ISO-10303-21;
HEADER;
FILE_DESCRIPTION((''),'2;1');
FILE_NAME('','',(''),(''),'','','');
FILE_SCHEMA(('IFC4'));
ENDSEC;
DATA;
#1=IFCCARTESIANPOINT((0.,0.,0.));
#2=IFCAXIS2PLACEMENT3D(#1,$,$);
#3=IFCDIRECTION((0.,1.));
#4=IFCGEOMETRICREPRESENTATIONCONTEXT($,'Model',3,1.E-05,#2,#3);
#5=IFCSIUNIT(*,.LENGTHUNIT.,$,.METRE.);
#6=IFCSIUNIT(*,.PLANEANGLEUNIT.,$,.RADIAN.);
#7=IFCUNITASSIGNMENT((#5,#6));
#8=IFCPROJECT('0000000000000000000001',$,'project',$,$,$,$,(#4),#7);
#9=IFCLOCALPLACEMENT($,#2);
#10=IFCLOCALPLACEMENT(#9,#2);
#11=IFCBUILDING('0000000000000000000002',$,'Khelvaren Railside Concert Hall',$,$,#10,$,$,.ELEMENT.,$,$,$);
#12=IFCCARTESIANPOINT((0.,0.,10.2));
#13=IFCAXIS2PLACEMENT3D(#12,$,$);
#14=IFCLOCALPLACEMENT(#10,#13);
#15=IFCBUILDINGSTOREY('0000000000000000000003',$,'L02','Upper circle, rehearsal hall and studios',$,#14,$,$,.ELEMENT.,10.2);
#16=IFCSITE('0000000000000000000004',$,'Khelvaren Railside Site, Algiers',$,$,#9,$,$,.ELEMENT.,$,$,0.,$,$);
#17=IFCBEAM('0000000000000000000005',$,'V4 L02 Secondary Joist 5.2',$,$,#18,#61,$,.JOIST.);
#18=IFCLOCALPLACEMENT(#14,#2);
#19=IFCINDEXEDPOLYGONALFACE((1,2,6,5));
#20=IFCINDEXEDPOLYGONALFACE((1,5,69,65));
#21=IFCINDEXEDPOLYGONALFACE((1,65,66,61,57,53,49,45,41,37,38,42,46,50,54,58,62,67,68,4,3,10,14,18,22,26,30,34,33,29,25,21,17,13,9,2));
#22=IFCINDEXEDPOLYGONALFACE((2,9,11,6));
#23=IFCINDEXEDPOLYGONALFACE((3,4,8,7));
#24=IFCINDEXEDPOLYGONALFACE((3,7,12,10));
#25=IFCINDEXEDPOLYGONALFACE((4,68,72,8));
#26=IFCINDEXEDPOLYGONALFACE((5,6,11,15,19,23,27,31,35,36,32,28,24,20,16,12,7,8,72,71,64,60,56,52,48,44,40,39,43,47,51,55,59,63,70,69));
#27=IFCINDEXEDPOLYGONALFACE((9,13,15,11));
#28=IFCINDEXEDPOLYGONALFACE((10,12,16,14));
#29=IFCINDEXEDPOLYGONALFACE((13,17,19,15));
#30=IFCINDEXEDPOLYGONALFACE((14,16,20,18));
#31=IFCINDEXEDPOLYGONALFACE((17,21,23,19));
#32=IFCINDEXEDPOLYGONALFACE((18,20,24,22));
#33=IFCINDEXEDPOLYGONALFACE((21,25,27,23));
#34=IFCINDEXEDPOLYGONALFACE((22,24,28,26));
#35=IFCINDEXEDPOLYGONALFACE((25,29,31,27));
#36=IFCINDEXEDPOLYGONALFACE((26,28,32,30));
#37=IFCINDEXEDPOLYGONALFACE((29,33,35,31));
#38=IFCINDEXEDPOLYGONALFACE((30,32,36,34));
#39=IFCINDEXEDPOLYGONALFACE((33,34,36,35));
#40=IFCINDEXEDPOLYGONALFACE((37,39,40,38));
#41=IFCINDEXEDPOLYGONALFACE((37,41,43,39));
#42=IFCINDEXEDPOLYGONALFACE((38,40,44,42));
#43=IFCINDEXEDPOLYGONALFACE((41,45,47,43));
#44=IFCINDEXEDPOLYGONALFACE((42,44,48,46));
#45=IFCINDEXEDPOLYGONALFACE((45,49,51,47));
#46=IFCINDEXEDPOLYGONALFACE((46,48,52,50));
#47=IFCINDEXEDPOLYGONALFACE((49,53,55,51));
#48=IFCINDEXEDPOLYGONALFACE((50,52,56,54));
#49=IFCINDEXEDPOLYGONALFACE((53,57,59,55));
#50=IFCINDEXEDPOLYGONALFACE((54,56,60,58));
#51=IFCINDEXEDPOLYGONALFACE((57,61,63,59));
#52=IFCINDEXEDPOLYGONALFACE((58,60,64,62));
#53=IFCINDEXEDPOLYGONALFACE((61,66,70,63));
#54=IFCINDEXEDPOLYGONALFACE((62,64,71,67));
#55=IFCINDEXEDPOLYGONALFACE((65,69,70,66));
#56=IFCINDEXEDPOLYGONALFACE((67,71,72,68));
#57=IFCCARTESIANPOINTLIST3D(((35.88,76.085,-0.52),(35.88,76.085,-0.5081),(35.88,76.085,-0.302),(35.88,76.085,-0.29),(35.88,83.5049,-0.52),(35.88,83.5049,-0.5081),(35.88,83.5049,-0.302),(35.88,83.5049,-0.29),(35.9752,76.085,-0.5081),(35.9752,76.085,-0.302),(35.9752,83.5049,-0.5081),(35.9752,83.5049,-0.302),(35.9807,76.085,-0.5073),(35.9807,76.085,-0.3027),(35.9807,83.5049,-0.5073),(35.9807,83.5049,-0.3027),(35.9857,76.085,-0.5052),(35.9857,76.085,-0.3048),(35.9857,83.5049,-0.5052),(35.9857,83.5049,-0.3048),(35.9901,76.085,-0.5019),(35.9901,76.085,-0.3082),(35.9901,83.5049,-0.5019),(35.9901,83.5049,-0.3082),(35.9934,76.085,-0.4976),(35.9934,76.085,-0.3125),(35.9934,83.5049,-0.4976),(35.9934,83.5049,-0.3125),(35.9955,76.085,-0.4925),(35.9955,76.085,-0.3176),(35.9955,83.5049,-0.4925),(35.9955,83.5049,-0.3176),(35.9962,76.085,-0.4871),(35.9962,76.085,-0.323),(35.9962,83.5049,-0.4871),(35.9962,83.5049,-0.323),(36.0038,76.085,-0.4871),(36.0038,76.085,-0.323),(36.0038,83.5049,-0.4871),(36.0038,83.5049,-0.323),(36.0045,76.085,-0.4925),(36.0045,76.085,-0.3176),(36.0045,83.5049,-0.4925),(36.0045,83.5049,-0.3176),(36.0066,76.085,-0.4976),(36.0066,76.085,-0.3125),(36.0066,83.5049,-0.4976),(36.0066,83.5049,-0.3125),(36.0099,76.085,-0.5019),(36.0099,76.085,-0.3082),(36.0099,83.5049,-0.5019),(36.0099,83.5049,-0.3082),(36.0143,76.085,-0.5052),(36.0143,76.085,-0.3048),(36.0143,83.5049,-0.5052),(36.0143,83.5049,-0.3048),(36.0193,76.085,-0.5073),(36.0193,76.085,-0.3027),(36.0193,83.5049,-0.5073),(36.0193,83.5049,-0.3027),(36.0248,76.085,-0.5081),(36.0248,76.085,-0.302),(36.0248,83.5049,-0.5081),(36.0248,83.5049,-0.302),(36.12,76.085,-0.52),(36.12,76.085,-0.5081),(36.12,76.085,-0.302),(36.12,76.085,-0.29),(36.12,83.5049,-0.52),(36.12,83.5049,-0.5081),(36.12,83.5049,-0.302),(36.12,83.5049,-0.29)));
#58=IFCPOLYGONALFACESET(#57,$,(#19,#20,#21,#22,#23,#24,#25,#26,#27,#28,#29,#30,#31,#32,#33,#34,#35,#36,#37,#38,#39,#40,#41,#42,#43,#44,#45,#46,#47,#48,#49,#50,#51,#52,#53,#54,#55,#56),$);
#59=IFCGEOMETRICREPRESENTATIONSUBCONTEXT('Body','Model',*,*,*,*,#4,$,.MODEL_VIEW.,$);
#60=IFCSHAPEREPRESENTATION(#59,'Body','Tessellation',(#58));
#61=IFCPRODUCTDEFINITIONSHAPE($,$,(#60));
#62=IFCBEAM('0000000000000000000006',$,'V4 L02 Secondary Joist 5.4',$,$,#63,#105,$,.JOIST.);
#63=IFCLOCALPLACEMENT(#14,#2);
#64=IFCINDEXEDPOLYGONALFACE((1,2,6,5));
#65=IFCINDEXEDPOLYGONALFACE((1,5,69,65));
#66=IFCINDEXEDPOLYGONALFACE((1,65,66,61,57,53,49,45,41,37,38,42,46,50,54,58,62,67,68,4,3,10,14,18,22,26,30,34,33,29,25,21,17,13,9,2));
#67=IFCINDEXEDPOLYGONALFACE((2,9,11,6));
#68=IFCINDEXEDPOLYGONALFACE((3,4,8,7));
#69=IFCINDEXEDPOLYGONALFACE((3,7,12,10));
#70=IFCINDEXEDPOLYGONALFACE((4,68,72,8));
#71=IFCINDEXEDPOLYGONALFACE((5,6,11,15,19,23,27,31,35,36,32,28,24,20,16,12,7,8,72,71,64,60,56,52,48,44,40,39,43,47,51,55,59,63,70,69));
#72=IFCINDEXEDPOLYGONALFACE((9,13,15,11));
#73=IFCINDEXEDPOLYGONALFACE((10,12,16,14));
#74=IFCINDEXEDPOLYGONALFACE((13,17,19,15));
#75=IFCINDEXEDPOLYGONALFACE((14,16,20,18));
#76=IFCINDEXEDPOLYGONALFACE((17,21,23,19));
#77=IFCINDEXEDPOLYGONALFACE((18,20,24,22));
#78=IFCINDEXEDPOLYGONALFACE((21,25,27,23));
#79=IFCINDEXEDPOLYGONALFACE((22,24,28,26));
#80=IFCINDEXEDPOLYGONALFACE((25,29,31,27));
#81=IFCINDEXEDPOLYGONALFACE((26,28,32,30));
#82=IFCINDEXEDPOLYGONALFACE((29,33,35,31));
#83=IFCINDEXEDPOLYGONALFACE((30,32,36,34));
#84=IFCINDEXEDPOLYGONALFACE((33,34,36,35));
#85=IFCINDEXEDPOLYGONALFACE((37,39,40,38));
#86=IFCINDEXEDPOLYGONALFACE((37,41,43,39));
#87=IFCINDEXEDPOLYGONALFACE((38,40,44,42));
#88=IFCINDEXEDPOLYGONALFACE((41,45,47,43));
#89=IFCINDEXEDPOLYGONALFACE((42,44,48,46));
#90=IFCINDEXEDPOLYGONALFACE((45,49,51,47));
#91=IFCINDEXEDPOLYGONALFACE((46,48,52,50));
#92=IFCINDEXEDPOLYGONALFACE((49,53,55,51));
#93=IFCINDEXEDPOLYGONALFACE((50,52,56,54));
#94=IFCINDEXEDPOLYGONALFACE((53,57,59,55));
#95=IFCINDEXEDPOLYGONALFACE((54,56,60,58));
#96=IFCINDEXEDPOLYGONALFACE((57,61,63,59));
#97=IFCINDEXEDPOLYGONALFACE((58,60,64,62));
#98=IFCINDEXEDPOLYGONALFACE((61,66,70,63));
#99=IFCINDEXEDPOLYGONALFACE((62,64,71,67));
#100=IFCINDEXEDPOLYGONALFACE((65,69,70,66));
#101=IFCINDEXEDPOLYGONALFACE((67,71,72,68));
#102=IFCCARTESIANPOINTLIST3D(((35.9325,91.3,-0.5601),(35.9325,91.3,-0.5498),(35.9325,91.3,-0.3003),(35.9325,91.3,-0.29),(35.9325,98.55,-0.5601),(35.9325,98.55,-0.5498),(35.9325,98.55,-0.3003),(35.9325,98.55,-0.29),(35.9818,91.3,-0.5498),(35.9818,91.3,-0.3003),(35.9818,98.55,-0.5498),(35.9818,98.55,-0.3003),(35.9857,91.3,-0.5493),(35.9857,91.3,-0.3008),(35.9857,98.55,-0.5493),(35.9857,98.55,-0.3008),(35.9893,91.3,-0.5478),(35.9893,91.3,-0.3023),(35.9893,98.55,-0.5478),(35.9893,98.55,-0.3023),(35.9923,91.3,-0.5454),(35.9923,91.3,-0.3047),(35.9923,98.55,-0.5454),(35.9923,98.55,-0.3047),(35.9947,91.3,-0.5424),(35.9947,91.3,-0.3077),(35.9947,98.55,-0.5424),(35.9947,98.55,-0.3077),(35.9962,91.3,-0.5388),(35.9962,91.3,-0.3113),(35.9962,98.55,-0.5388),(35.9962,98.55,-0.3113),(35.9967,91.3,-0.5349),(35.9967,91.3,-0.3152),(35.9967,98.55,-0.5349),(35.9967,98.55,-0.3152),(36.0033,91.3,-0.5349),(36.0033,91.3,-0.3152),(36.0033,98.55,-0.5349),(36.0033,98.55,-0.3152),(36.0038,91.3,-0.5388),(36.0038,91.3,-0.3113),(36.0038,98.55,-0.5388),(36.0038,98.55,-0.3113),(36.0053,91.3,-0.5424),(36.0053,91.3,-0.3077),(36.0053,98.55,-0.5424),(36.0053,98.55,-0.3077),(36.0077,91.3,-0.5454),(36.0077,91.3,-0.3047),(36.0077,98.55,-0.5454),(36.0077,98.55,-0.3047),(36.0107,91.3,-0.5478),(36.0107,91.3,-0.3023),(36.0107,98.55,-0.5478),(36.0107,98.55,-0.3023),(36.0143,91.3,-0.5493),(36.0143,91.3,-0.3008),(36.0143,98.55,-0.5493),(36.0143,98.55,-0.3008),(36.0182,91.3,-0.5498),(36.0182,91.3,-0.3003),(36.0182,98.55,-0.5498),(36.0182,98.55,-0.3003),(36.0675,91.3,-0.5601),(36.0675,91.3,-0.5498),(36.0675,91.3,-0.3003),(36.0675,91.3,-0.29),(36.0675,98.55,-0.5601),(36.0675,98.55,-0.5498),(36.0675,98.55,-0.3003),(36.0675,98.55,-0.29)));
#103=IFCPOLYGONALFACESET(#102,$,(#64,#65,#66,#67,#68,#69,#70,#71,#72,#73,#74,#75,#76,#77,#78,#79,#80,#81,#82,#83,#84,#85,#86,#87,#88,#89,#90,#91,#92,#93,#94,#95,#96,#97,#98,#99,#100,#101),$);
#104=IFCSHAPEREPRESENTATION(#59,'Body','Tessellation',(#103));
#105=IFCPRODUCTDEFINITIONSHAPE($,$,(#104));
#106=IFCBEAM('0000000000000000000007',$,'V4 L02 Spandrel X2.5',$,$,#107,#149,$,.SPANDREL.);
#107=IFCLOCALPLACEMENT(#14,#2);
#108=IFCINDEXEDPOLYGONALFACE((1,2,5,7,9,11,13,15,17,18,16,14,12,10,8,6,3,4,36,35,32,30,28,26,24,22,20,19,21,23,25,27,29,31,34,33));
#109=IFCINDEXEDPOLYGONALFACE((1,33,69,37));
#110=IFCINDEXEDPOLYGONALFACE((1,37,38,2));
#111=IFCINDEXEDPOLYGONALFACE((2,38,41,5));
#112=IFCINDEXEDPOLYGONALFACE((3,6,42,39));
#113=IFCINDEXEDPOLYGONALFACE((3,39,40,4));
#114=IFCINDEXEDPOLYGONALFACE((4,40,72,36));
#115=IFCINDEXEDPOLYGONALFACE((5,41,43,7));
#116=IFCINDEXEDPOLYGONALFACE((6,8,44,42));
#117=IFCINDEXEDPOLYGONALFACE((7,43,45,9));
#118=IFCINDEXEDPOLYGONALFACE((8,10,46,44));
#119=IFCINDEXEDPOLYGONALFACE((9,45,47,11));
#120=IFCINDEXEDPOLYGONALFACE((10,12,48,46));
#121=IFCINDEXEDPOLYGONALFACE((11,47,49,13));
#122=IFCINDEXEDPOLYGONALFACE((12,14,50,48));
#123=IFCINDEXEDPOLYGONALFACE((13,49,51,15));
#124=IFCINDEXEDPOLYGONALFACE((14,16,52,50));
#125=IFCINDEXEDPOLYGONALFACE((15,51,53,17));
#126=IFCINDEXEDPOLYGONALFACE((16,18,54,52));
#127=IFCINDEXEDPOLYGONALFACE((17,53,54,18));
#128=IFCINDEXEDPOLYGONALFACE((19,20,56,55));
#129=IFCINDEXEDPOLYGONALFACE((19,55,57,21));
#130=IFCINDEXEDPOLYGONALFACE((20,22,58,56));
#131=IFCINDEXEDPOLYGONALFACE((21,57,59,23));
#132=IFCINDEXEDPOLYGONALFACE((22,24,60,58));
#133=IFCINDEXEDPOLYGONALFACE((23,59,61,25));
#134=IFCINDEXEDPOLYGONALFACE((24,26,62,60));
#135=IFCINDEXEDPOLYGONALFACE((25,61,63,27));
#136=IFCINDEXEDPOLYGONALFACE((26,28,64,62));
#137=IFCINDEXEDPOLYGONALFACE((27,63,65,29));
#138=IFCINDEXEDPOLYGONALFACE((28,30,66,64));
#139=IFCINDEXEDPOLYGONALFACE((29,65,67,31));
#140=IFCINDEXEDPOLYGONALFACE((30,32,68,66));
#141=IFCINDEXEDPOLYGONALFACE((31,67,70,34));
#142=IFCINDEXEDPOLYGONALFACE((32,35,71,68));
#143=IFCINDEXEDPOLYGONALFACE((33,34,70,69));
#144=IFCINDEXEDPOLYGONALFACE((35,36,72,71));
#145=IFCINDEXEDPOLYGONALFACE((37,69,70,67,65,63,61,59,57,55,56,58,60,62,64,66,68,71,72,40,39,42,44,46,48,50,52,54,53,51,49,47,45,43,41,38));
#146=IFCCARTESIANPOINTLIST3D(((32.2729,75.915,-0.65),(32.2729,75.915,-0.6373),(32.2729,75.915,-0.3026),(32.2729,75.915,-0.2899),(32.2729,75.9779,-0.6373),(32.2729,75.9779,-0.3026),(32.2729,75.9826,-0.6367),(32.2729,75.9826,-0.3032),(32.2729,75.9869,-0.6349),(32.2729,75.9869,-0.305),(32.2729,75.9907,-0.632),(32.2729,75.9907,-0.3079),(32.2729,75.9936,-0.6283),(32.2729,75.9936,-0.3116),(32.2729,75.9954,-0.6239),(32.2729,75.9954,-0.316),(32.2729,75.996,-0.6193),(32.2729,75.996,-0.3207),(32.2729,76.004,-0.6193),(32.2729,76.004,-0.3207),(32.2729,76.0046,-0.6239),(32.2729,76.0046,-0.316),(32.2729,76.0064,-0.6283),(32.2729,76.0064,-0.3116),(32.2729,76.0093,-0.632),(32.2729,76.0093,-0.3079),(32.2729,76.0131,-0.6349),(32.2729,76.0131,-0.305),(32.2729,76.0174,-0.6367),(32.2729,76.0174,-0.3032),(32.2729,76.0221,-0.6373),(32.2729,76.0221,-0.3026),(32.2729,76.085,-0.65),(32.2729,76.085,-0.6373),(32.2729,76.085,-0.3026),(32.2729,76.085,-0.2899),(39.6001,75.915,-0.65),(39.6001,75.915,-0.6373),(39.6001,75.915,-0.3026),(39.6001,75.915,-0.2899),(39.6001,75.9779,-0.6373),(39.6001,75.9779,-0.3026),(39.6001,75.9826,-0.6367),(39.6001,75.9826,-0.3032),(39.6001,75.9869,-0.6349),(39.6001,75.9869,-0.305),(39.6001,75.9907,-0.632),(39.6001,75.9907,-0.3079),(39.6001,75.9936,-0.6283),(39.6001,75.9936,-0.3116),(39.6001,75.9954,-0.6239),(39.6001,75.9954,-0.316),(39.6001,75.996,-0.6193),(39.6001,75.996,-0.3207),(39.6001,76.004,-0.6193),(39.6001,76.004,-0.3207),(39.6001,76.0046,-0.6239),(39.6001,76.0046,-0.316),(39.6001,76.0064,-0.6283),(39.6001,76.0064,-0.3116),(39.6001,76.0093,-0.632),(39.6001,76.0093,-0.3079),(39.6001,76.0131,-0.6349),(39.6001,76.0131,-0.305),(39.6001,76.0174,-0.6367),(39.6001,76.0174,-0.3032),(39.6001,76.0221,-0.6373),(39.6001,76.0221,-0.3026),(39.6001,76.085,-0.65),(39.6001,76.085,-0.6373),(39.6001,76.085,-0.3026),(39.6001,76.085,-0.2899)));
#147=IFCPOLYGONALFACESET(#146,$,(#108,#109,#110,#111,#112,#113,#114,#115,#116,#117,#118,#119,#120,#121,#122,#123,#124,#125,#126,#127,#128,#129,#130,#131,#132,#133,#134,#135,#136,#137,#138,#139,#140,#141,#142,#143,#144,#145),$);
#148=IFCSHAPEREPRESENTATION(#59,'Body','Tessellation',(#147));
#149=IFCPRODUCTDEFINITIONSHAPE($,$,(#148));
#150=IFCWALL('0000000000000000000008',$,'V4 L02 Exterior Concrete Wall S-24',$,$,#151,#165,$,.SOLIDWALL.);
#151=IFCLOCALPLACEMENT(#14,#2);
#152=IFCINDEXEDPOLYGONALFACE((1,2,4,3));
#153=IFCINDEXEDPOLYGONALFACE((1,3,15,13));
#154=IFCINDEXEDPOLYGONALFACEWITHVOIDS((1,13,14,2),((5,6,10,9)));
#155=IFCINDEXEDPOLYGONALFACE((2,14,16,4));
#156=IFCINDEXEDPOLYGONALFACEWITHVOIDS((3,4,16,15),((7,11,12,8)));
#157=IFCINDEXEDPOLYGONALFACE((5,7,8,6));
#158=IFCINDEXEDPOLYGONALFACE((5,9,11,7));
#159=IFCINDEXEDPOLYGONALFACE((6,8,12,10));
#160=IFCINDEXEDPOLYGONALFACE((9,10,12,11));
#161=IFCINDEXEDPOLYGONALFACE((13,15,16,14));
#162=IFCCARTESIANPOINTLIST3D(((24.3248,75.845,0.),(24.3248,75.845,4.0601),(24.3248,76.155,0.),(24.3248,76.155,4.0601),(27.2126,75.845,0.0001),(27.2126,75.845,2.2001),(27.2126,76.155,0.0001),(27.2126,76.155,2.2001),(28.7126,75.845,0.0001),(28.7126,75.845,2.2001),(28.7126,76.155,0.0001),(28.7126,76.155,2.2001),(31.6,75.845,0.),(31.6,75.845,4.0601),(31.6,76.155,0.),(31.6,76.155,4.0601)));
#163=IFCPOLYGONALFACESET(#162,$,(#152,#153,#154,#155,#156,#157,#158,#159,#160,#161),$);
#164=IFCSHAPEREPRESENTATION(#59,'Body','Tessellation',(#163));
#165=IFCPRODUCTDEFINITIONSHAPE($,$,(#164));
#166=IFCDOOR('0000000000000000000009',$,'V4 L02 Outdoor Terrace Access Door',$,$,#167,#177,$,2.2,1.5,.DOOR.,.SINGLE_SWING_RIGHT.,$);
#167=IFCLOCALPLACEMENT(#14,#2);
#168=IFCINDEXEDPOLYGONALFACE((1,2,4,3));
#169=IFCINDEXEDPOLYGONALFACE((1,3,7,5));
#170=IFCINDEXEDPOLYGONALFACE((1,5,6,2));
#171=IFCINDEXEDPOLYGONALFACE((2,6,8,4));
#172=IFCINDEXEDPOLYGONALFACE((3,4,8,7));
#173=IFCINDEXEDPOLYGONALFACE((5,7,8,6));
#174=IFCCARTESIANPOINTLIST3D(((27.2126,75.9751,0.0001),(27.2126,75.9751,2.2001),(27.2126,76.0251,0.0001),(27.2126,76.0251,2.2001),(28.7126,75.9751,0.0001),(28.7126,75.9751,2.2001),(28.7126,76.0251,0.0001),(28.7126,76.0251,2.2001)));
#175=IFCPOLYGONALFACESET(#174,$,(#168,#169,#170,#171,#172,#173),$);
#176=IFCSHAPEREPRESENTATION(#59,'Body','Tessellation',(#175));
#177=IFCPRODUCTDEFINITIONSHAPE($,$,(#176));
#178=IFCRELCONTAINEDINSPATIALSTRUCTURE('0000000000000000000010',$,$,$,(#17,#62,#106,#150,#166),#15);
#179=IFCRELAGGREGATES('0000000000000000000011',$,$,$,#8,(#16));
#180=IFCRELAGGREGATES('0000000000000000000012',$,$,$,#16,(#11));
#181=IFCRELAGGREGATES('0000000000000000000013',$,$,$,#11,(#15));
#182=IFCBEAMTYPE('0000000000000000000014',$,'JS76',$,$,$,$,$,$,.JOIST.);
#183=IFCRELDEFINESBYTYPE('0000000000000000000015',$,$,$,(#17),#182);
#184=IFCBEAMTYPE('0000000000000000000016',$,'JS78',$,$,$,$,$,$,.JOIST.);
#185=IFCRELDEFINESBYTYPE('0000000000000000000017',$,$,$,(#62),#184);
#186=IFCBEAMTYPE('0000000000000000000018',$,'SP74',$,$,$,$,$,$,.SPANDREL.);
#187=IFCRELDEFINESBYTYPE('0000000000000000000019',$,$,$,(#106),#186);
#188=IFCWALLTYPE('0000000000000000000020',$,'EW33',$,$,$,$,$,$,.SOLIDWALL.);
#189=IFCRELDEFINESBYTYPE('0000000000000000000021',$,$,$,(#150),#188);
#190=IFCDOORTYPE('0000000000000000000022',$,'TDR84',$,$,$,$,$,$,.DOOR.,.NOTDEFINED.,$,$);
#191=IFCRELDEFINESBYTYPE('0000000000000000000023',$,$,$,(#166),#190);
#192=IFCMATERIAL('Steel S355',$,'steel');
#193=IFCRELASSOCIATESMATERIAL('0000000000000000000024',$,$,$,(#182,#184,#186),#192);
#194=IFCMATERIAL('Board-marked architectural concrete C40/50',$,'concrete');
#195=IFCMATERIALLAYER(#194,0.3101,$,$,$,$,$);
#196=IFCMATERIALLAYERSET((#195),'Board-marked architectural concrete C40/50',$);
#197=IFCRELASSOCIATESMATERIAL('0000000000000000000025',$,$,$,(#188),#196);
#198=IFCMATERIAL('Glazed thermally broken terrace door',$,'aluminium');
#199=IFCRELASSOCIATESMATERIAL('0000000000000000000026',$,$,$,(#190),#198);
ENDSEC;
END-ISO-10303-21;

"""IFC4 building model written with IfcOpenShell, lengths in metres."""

from ifc_helpers import new_model, si_unit, direction, frame, frame_2d, origin, origin_2d, place, context, subcontext, project, spatial, rectangle, i_section, extrude, material, layer, layer_set, material_profile, profile_set, type_object, element, fill, save


model = new_model("IFC4")

# Units and contexts
model_context = context("Model", 3, precision=1e-05, world=origin(), true_north=direction((0.0, 1.0)))
body_context = subcontext(model_context, "Body", "Model", "MODEL_VIEW")
ifc_project = project(units=[si_unit("LENGTHUNIT", "METRE"), si_unit("PLANEANGLEUNIT", "RADIAN")], contexts=[model_context])

# Site, building, storey
site_placement = place(None, origin())
site = spatial("IfcSite", under=ifc_project, at=site_placement, Name="Khelvaren Railside Site, Algiers", CompositionType="ELEMENT", RefElevation=0.0)
building_placement = place(site_placement, origin())
building = spatial("IfcBuilding", under=site, at=building_placement, Name="Khelvaren Railside Concert Hall", CompositionType="ELEMENT")
storey_placement = place(building_placement, frame((0.0, 0.0, 10.2)))
storey = spatial("IfcBuildingStorey", under=building, at=storey_placement, Name="L02", Description="Upper circle, rehearsal hall and studios", CompositionType="ELEMENT", Elevation=10.2)

# Beams
ifc_material_1 = material(Name="Steel S355", Category="steel")
ifc_material_profile_1 = material_profile(ifc_material_1, i_section(OverallWidth=0.24, OverallDepth=0.23, WebThickness=0.0076, FlangeThickness=0.012, FilletRadius=0.021, at=origin_2d()), Name="HEA 240")
ifc_profile_set_1 = profile_set([ifc_material_profile_1], Name="Steel S355")
beam_type_1 = type_object("IfcBeamType", Name="JS76", PredefinedType="JOIST", material=ifc_profile_set_1)
beam_1_placement = place(storey_placement, frame((36.0, 76.085, -0.405), z_axis=(0.0, 1.0, 0.0), x_axis=(-1.0, 0.0, 0.0)))
element("IfcBeam", 1, at=beam_1_placement, inside=storey, type_object=beam_type_1, Name="V4 L02 Secondary Joist 5.2", PredefinedType="JOIST", context=body_context, shape_type="SweptSolid", body=[
    extrude(i_section(OverallWidth=0.24, OverallDepth=0.23, WebThickness=0.0076, FlangeThickness=0.012, FilletRadius=0.021, at=origin_2d()), origin(), (0.0, 0.0, 1.0), 7.4199),
])
ifc_material_profile_2 = material_profile(ifc_material_1, i_section(OverallWidth=0.135, OverallDepth=0.27, WebThickness=0.0066, FlangeThickness=0.0103, FilletRadius=0.0149, at=origin_2d()), Name="IPE 270")
ifc_profile_set_2 = profile_set([ifc_material_profile_2], Name="Steel S355")
beam_type_2 = type_object("IfcBeamType", Name="JS78", PredefinedType="JOIST", material=ifc_profile_set_2)
beam_2_placement = place(storey_placement, frame((36.0, 91.3, -0.425), z_axis=(0.0, 1.0, 0.0), x_axis=(-1.0, 0.0, 0.0)))
element("IfcBeam", 2, at=beam_2_placement, inside=storey, type_object=beam_type_2, Name="V4 L02 Secondary Joist 5.4", PredefinedType="JOIST", context=body_context, shape_type="SweptSolid", body=[
    extrude(i_section(OverallWidth=0.135, OverallDepth=0.27, WebThickness=0.0066, FlangeThickness=0.0103, FilletRadius=0.0149, at=origin_2d()), origin(), (0.0, 0.0, 1.0), 7.25),
])
ifc_material_profile_3 = material_profile(ifc_material_1, i_section(OverallWidth=0.1699, OverallDepth=0.3601, WebThickness=0.0081, FlangeThickness=0.0127, FilletRadius=0.0181, at=origin_2d()), Name="IPE 360")
ifc_profile_set_3 = profile_set([ifc_material_profile_3], Name="Steel S355")
beam_type_3 = type_object("IfcBeamType", Name="SP74", PredefinedType="SPANDREL", material=ifc_profile_set_3)
beam_3_placement = place(storey_placement, frame((32.2729, 76.0, -0.47), z_axis=(1.0, 0.0, 0.0), x_axis=(0.0, 1.0, 0.0)))
element("IfcBeam", 3, at=beam_3_placement, inside=storey, type_object=beam_type_3, Name="V4 L02 Spandrel X2.5", PredefinedType="SPANDREL", context=body_context, shape_type="SweptSolid", body=[
    extrude(i_section(OverallWidth=0.1699, OverallDepth=0.3601, WebThickness=0.0081, FlangeThickness=0.0127, FilletRadius=0.0181, at=origin_2d()), origin(), (0.0, 0.0, 1.0), 7.3271),
])

# Wall, opening, door
ifc_material_2 = material(Name="Board-marked architectural concrete C40/50", Category="concrete")
ifc_layer_1 = layer(ifc_material_2, 0.3101)
ifc_layer_set_1 = layer_set([ifc_layer_1], Name="Board-marked architectural concrete C40/50")
wall_type_1 = type_object("IfcWallType", Name="EW33", PredefinedType="SOLIDWALL", material=ifc_layer_set_1)
wall_1_placement = place(storey_placement, frame((31.6001, 76.0, 0.0), z_axis=(0.0, 0.0, 1.0), x_axis=(-1.0, 0.0, 0.0)))
wall_1 = element("IfcWall", 4, at=wall_1_placement, inside=storey, type_object=wall_type_1, Name="V4 L02 Exterior Concrete Wall S-24", PredefinedType="SOLIDWALL", context=body_context, shape_type="SweptSolid", body=[
    extrude(rectangle(XDim=7.2751, YDim=0.3101, at=frame_2d((3.6377, 0.0))), origin(), (0.0, 0.0, 1.0), 4.0601),
])
opening_1_placement = place(wall_1_placement, frame((2.8875, 0.0, 0.0)))
opening_1 = element("IfcOpeningElement", 5, at=opening_1_placement, cuts=wall_1, PredefinedType="OPENING", context=body_context, shape_type="SweptSolid", body=[
    extrude(rectangle(XDim=1.5, YDim=2.2, at=frame_2d((0.75, 1.1001))), frame((0.0, 0.165, 0.0), z_axis=(0.0, -1.0, 0.0), x_axis=(1.0, 0.0, 0.0)), (0.0, 0.0, 1.0), 0.3301),
])
ifc_material_3 = material(Name="Glazed thermally broken terrace door", Category="aluminium")
door_type_1 = type_object("IfcDoorType", Name="TDR84", OperationType="NOTDEFINED", PredefinedType="DOOR", material=ifc_material_3)
door_1_placement = place(opening_1_placement, origin())
door_1 = element("IfcDoor", 6, at=door_1_placement, inside=storey, type_object=door_type_1, Name="V4 L02 Outdoor Terrace Access Door", OperationType="SINGLE_SWING_RIGHT", OverallHeight=2.2, OverallWidth=1.5, PredefinedType="DOOR", context=body_context, shape_type="SweptSolid", body=[
    extrude(rectangle(XDim=1.5, YDim=2.2, at=frame_2d((0.75, 1.1001))), frame((0.0, 0.0249, 0.0), z_axis=(0.0, -1.0, 0.0), x_axis=(1.0, 0.0, 0.0)), (0.0, 0.0, 1.0), 0.05),
])
fill(opening_1, door_1)

save(model, "model.ifc")
